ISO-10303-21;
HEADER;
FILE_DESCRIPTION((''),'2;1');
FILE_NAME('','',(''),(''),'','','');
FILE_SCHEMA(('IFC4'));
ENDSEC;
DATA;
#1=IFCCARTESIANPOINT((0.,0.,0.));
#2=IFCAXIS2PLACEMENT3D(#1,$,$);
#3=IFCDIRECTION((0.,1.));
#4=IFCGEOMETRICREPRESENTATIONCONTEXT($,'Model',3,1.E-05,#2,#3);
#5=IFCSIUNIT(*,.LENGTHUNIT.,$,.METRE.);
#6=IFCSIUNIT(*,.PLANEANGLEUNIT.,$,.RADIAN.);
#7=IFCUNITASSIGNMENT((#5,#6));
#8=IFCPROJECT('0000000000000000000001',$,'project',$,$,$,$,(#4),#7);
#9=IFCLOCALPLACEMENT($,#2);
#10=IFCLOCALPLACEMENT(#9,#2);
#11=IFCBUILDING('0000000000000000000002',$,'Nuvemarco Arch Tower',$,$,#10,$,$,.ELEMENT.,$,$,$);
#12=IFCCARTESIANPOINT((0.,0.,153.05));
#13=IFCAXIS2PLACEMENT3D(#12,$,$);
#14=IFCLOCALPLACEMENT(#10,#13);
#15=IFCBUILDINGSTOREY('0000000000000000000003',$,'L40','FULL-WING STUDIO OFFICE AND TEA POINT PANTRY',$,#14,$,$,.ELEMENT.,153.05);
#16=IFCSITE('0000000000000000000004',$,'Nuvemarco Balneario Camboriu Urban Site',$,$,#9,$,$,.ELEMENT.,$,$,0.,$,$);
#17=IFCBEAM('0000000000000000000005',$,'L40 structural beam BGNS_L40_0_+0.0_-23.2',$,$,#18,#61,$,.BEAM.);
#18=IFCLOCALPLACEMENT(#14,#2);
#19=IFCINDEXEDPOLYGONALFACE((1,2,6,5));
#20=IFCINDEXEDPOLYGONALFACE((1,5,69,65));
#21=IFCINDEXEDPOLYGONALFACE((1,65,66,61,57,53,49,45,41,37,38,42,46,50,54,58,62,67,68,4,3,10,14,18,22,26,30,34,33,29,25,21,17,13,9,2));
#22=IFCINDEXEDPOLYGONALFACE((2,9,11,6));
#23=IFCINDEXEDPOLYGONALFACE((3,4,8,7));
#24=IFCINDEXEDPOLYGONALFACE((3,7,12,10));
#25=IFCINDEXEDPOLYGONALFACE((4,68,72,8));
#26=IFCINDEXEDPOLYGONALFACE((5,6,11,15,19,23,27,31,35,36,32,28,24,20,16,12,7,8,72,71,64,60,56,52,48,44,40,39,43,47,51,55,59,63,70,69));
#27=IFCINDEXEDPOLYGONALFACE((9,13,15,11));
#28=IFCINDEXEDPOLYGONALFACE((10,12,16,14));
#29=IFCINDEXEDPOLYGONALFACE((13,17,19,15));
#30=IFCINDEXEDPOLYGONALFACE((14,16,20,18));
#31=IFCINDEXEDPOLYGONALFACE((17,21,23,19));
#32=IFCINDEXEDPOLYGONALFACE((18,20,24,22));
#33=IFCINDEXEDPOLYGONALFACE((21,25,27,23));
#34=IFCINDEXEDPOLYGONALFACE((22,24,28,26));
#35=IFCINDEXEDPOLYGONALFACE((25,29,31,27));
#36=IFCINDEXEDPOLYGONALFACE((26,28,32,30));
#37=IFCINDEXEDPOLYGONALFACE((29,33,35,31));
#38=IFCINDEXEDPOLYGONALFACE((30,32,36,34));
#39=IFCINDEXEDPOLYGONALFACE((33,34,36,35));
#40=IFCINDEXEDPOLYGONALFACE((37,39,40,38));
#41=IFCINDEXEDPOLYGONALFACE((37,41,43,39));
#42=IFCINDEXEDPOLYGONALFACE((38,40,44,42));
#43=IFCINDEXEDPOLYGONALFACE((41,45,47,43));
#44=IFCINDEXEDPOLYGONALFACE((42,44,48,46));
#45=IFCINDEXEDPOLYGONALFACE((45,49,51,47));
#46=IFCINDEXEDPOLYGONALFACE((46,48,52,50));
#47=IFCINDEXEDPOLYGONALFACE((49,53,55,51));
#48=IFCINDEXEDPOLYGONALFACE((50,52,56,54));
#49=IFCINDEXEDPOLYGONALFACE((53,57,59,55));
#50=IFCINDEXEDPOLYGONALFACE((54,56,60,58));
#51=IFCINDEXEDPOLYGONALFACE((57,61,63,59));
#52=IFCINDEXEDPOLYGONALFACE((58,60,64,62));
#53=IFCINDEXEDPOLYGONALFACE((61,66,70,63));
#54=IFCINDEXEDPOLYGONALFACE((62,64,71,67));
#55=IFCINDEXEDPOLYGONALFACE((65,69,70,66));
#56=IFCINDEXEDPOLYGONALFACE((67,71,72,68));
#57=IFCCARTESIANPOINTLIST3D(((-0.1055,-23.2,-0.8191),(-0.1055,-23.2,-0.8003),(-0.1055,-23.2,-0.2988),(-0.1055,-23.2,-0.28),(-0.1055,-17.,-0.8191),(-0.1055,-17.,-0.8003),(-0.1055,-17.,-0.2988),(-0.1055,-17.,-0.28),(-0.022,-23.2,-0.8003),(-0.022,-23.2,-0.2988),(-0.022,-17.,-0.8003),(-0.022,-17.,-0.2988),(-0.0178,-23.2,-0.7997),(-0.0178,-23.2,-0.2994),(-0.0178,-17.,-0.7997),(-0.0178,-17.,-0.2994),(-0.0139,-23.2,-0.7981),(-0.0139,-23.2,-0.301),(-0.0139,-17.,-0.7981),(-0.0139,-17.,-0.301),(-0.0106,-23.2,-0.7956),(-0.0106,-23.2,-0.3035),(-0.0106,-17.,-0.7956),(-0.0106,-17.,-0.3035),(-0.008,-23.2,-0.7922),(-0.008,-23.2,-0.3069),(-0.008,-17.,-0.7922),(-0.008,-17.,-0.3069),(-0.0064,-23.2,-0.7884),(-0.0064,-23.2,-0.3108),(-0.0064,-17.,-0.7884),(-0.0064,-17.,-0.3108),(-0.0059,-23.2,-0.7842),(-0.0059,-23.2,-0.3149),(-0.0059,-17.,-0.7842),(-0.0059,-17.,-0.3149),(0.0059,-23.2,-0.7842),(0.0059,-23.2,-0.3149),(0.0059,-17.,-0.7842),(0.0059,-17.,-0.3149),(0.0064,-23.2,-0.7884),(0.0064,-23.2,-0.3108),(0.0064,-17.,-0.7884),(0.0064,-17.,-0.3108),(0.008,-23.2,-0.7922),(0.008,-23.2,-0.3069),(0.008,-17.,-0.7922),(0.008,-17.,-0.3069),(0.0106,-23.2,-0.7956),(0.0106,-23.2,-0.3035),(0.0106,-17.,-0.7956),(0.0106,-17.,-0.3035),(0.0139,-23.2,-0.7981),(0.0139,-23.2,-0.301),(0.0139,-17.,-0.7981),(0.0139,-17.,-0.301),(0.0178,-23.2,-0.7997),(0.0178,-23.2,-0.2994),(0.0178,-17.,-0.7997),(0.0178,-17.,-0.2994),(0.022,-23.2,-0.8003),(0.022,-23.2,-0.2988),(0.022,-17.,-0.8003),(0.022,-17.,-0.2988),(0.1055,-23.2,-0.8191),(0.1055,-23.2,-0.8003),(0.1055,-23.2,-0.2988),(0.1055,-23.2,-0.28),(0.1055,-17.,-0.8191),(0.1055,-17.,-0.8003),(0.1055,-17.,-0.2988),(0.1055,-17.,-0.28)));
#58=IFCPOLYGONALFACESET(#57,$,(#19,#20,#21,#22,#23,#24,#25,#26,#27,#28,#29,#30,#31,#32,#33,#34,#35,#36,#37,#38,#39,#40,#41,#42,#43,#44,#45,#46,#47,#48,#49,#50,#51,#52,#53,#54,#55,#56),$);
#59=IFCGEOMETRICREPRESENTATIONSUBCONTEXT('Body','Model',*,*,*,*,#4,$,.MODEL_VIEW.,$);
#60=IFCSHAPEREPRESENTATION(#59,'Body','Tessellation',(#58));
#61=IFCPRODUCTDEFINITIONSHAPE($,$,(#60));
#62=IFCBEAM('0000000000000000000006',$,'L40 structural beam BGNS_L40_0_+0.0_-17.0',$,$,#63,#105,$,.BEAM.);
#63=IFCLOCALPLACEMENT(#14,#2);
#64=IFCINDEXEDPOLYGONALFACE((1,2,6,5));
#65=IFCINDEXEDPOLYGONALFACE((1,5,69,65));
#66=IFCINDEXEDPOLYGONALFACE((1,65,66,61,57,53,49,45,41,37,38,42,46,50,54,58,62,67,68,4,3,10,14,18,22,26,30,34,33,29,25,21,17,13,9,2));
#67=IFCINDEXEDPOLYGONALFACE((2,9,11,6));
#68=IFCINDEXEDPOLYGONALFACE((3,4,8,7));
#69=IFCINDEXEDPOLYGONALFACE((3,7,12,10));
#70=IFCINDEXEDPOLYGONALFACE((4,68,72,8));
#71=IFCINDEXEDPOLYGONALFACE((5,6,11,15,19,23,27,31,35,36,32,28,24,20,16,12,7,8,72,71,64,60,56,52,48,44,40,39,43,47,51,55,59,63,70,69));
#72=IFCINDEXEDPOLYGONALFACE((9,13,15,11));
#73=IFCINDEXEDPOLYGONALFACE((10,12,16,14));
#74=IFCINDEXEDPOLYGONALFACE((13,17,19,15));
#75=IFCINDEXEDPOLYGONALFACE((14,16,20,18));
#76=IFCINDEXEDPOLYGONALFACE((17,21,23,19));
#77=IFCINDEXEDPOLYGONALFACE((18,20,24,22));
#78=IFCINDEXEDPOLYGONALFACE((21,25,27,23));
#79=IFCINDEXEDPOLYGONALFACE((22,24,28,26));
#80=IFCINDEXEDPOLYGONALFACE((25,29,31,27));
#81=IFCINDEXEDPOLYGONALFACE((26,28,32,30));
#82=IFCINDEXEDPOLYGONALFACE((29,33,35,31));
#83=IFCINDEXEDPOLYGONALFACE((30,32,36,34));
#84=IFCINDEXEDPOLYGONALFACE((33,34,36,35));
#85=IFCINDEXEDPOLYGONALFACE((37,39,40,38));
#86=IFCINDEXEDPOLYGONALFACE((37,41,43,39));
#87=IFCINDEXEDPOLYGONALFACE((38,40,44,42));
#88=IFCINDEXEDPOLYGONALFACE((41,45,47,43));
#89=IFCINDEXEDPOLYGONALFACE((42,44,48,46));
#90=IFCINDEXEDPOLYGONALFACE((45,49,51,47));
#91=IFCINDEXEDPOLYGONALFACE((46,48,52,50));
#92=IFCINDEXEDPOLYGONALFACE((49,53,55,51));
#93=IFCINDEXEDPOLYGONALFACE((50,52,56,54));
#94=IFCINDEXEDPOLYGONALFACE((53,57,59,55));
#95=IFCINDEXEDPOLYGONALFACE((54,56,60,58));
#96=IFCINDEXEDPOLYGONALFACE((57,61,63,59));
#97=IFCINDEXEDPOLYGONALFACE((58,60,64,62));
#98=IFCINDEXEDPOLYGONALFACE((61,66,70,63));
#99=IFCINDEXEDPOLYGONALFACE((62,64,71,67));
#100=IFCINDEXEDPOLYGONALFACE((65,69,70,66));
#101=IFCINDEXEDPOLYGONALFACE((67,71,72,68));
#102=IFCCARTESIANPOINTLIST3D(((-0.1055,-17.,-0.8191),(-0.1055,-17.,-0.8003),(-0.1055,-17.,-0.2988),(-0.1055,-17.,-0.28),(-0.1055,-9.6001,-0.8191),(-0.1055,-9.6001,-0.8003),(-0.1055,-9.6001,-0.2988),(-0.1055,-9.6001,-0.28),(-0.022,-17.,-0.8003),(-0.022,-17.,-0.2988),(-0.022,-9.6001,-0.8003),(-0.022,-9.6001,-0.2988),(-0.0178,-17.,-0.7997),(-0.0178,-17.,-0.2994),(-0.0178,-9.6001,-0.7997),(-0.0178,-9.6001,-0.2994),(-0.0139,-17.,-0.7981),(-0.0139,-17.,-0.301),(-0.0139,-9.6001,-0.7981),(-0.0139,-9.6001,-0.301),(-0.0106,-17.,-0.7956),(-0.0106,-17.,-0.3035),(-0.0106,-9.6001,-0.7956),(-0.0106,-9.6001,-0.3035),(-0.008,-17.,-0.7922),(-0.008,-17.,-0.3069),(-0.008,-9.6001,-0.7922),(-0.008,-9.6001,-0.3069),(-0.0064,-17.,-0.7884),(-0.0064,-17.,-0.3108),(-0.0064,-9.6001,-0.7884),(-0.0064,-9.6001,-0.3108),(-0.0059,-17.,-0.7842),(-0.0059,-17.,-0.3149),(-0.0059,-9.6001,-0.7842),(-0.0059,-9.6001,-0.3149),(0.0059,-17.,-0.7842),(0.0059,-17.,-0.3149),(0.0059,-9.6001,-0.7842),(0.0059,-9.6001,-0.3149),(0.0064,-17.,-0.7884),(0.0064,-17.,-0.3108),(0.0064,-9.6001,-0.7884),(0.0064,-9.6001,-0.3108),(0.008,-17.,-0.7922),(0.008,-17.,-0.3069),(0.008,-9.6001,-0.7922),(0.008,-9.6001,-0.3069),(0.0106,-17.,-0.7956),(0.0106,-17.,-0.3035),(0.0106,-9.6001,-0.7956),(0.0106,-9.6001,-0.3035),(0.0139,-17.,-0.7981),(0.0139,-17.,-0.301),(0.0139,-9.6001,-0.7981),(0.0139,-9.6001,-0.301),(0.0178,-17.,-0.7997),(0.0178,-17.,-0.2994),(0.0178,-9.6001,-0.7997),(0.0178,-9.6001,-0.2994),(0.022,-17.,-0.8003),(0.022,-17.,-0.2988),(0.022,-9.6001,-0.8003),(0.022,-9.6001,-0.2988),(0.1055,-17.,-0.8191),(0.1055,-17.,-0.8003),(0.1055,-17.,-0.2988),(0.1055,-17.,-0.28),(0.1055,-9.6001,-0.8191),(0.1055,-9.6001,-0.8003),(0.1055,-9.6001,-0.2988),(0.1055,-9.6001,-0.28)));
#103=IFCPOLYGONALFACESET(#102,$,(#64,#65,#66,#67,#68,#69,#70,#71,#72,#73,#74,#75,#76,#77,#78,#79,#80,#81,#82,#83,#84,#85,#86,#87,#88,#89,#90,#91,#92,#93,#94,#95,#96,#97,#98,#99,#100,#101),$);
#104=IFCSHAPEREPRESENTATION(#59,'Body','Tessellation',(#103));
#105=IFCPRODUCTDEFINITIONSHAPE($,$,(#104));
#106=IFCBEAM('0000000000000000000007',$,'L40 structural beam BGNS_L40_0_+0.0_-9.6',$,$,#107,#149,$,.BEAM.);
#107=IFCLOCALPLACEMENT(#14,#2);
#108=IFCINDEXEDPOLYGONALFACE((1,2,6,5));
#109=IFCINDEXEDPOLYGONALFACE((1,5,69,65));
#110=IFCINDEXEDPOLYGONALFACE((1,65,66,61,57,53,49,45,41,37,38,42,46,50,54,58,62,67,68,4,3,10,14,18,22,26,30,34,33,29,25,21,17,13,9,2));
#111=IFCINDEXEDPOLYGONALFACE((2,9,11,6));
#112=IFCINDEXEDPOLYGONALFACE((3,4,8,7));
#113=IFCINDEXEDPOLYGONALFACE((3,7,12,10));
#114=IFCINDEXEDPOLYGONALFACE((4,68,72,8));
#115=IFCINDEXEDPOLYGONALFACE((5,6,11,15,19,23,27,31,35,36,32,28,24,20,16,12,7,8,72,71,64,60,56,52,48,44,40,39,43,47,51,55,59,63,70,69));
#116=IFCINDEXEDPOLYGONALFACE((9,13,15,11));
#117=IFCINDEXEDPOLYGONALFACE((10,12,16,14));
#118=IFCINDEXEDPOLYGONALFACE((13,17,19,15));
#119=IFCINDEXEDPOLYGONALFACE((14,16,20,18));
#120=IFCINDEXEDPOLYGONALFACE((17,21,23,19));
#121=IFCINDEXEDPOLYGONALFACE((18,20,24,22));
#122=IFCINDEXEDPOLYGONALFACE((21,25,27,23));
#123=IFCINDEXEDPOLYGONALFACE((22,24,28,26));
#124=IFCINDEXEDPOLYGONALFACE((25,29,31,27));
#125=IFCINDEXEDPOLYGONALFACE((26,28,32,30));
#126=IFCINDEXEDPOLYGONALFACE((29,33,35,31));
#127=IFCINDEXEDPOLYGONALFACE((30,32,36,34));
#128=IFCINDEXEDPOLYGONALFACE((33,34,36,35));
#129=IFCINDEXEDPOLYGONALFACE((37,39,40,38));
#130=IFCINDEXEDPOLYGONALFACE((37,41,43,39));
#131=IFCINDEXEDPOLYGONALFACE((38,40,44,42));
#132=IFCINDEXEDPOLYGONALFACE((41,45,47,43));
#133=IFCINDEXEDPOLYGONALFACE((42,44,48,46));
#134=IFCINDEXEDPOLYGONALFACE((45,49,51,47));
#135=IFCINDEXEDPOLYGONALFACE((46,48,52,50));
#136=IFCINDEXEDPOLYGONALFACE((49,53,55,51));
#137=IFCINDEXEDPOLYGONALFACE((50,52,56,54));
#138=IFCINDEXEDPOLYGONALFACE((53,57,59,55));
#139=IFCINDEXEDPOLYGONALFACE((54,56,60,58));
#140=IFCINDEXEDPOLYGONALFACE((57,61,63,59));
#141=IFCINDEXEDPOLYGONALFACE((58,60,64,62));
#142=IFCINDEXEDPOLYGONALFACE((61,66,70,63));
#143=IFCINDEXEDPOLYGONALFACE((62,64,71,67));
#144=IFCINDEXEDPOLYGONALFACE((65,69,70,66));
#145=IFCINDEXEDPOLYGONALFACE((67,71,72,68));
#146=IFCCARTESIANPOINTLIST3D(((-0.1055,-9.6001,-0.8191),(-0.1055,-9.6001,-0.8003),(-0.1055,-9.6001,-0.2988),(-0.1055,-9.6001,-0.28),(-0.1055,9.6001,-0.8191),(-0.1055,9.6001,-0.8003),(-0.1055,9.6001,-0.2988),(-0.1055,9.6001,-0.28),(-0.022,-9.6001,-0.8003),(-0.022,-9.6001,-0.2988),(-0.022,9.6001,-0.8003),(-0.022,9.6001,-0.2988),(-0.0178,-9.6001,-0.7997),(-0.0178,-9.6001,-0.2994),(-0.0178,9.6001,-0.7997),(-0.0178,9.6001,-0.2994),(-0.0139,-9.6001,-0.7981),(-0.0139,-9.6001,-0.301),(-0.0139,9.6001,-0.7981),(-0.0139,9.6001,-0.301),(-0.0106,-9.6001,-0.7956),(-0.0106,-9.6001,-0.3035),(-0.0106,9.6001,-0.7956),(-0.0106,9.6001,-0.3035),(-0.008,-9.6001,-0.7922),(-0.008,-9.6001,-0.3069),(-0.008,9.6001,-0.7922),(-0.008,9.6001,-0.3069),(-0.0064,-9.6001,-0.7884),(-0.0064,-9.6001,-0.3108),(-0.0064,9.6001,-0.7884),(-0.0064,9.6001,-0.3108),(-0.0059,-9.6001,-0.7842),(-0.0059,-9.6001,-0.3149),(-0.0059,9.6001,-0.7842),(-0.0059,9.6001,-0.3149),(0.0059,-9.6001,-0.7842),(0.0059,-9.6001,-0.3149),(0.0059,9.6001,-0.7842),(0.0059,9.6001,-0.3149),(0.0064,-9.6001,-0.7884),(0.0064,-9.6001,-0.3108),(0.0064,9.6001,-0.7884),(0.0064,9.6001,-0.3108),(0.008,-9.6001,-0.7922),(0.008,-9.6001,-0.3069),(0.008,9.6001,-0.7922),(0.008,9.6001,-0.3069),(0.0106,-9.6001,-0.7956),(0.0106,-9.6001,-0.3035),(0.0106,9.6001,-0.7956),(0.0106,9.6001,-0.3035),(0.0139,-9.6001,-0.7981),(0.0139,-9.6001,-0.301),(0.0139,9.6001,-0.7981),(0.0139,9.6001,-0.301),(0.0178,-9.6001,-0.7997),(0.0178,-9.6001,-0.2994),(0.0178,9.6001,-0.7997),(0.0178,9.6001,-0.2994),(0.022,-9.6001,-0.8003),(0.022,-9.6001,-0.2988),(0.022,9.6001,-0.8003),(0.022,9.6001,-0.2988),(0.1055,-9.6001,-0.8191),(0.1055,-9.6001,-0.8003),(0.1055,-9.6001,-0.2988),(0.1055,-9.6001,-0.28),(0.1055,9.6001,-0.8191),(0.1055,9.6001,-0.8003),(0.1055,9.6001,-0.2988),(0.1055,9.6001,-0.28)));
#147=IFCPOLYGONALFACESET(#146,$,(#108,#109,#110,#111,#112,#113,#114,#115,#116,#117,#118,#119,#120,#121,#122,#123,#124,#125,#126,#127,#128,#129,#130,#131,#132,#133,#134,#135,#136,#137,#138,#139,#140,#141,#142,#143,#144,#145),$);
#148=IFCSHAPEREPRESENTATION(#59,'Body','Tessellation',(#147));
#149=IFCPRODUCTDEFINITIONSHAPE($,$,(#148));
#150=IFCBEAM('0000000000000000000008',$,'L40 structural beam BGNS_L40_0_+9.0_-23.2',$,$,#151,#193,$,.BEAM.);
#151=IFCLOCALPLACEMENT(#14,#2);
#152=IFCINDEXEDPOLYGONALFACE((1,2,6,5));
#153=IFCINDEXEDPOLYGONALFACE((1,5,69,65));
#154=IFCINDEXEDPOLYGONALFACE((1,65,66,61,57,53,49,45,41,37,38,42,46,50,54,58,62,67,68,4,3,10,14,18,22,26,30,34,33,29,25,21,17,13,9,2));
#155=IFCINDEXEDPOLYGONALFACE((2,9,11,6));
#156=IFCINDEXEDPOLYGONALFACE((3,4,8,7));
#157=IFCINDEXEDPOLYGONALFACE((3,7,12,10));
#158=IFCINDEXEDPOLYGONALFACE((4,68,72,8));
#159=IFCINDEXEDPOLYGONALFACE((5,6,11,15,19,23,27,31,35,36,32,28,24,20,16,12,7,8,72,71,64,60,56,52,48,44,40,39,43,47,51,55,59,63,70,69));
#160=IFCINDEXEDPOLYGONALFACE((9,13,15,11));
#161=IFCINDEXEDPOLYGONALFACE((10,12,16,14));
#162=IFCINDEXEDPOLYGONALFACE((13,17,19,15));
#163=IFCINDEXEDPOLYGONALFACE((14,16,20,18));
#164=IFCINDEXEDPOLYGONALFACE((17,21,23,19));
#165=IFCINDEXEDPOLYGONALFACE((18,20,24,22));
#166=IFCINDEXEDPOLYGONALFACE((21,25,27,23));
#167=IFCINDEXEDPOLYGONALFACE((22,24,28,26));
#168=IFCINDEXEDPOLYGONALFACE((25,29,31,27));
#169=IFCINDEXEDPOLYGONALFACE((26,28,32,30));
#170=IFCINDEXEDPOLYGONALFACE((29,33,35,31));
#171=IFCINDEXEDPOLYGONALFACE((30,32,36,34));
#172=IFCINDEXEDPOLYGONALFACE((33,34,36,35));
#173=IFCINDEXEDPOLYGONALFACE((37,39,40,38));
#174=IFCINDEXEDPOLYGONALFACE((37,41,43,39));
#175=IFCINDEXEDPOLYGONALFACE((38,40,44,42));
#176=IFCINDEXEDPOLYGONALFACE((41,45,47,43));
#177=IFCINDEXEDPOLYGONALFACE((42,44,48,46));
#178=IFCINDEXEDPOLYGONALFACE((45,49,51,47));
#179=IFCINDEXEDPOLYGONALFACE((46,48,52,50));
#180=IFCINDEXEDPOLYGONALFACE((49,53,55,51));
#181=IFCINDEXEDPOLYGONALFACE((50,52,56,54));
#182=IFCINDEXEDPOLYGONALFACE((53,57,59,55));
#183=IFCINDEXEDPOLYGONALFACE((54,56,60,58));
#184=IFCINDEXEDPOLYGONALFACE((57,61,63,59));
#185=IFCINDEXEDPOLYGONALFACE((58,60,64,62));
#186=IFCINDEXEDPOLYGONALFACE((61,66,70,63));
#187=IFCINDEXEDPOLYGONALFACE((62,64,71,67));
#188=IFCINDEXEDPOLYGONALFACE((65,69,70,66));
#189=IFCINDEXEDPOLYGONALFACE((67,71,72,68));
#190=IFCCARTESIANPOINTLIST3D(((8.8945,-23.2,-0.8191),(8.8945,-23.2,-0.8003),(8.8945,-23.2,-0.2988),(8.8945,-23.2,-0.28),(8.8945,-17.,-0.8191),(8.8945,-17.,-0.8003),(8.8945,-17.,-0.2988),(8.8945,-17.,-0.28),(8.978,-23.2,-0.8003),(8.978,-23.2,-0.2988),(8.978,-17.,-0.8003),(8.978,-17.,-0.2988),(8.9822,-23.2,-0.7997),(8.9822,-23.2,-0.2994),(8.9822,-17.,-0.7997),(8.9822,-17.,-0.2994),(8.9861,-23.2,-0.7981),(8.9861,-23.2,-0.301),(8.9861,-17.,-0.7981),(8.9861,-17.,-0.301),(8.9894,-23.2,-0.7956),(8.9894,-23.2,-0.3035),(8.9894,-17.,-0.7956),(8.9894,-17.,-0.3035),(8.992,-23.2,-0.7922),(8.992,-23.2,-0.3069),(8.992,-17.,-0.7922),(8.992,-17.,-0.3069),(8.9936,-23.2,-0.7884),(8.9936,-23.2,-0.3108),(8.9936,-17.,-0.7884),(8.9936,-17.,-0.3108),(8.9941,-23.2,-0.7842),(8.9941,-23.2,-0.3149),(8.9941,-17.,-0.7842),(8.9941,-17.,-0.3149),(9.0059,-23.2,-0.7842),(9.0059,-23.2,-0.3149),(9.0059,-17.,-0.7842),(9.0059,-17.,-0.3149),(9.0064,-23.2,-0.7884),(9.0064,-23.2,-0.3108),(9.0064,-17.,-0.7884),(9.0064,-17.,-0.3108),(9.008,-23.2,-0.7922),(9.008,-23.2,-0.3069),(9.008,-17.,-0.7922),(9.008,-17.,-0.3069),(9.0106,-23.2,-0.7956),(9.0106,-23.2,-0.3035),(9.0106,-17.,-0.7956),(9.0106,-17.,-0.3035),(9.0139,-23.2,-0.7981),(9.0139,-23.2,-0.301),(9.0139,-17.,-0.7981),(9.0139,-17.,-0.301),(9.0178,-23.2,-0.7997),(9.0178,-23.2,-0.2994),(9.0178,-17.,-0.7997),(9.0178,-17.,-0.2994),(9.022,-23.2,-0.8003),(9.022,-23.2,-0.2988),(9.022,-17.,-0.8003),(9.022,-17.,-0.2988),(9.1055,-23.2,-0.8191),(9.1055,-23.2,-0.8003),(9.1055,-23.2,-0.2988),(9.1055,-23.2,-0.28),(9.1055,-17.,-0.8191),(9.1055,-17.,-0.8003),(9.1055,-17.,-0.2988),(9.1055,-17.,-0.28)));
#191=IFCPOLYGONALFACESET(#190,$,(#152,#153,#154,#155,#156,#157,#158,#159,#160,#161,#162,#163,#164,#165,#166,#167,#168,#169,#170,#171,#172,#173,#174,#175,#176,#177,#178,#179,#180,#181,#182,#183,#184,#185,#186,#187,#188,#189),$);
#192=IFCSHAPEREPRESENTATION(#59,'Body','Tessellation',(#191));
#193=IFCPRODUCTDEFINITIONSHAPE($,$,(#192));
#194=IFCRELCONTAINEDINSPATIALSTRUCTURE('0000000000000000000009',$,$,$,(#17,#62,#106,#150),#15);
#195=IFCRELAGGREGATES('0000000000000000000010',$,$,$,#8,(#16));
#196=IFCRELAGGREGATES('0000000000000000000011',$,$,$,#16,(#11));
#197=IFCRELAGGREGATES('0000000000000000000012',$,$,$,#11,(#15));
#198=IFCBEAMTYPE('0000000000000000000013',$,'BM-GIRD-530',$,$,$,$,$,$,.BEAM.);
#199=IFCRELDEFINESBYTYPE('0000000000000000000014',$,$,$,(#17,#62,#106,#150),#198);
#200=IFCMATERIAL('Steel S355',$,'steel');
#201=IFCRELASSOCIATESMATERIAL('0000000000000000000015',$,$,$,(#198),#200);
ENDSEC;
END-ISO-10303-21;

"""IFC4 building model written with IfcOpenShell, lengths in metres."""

from ifc_helpers import new_model, si_unit, direction, frame, origin, origin_2d, place, context, subcontext, project, spatial, i_section, extrude, material, material_profile, profile_set, type_object, element, save


model = new_model("IFC4")

# Units and contexts
model_context = context("Model", 3, precision=1e-05, world=origin(), true_north=direction((0.0, 1.0)))
body_context = subcontext(model_context, "Body", "Model", "MODEL_VIEW")
ifc_project = project(units=[si_unit("LENGTHUNIT", "METRE"), si_unit("PLANEANGLEUNIT", "RADIAN")], contexts=[model_context])

# Site, building, storey
site_placement = place(None, origin())
site = spatial("IfcSite", under=ifc_project, at=site_placement, Name="Nuvemarco Balneario Camboriu Urban Site", CompositionType="ELEMENT", RefElevation=0.0)
building_placement = place(site_placement, origin())
building = spatial("IfcBuilding", under=site, at=building_placement, Name="Nuvemarco Arch Tower", CompositionType="ELEMENT")
storey_placement = place(building_placement, frame((0.0, 0.0, 153.05)))
storey = spatial("IfcBuildingStorey", under=building, at=storey_placement, Name="L40", Description="FULL-WING STUDIO OFFICE AND TEA POINT PANTRY", CompositionType="ELEMENT", Elevation=153.05)

# Shared definitions
ifc_material_1 = material(Name="Steel S355", Category="steel")

# Beams
ifc_material_profile_1 = material_profile(ifc_material_1, i_section(OverallWidth=0.2109, OverallDepth=0.5391, WebThickness=0.0117, FlangeThickness=0.0188, FilletRadius=0.0161, at=origin_2d()), Name="W530x109")
ifc_profile_set_1 = profile_set([ifc_material_profile_1], Name="Steel S355")
beam_type_1 = type_object("IfcBeamType", Name="BM-GIRD-530", PredefinedType="BEAM", material=ifc_profile_set_1)
beam_1_placement = place(storey_placement, frame((0.0, -23.2, -0.5496), z_axis=(0.0, 1.0, 0.0), x_axis=(-1.0, 0.0, 0.0)))
element("IfcBeam", 1, at=beam_1_placement, inside=storey, type_object=beam_type_1, Name="L40 structural beam BGNS_L40_0_+0.0_-23.2", PredefinedType="BEAM", context=body_context, shape_type="SweptSolid", body=[
    extrude(i_section(OverallWidth=0.2109, OverallDepth=0.5391, WebThickness=0.0117, FlangeThickness=0.0188, FilletRadius=0.0161, at=origin_2d()), origin(), (0.0, 0.0, 1.0), 6.2),
])
beam_2_placement = place(storey_placement, frame((0.0, -17.0, -0.5496), z_axis=(0.0, 1.0, 0.0), x_axis=(-1.0, 0.0, 0.0)))
element("IfcBeam", 2, at=beam_2_placement, inside=storey, type_object=beam_type_1, Name="L40 structural beam BGNS_L40_0_+0.0_-17.0", PredefinedType="BEAM", context=body_context, shape_type="SweptSolid", body=[
    extrude(i_section(OverallWidth=0.2109, OverallDepth=0.5391, WebThickness=0.0117, FlangeThickness=0.0188, FilletRadius=0.0161, at=origin_2d()), origin(), (0.0, 0.0, 1.0), 7.3999),
])
beam_3_placement = place(storey_placement, frame((0.0, -9.6001, -0.5496), z_axis=(0.0, 1.0, 0.0), x_axis=(-1.0, 0.0, 0.0)))
element("IfcBeam", 3, at=beam_3_placement, inside=storey, type_object=beam_type_1, Name="L40 structural beam BGNS_L40_0_+0.0_-9.6", PredefinedType="BEAM", context=body_context, shape_type="SweptSolid", body=[
    extrude(i_section(OverallWidth=0.2109, OverallDepth=0.5391, WebThickness=0.0117, FlangeThickness=0.0188, FilletRadius=0.0161, at=origin_2d()), origin(), (0.0, 0.0, 1.0), 19.2002),
])
beam_4_placement = place(storey_placement, frame((9.0, -23.2, -0.5496), z_axis=(0.0, 1.0, 0.0), x_axis=(-1.0, 0.0, 0.0)))
element("IfcBeam", 4, at=beam_4_placement, inside=storey, type_object=beam_type_1, Name="L40 structural beam BGNS_L40_0_+9.0_-23.2", PredefinedType="BEAM", context=body_context, shape_type="SweptSolid", body=[
    extrude(i_section(OverallWidth=0.2109, OverallDepth=0.5391, WebThickness=0.0117, FlangeThickness=0.0188, FilletRadius=0.0161, at=origin_2d()), origin(), (0.0, 0.0, 1.0), 6.2),
])

save(model, "model.ifc")
